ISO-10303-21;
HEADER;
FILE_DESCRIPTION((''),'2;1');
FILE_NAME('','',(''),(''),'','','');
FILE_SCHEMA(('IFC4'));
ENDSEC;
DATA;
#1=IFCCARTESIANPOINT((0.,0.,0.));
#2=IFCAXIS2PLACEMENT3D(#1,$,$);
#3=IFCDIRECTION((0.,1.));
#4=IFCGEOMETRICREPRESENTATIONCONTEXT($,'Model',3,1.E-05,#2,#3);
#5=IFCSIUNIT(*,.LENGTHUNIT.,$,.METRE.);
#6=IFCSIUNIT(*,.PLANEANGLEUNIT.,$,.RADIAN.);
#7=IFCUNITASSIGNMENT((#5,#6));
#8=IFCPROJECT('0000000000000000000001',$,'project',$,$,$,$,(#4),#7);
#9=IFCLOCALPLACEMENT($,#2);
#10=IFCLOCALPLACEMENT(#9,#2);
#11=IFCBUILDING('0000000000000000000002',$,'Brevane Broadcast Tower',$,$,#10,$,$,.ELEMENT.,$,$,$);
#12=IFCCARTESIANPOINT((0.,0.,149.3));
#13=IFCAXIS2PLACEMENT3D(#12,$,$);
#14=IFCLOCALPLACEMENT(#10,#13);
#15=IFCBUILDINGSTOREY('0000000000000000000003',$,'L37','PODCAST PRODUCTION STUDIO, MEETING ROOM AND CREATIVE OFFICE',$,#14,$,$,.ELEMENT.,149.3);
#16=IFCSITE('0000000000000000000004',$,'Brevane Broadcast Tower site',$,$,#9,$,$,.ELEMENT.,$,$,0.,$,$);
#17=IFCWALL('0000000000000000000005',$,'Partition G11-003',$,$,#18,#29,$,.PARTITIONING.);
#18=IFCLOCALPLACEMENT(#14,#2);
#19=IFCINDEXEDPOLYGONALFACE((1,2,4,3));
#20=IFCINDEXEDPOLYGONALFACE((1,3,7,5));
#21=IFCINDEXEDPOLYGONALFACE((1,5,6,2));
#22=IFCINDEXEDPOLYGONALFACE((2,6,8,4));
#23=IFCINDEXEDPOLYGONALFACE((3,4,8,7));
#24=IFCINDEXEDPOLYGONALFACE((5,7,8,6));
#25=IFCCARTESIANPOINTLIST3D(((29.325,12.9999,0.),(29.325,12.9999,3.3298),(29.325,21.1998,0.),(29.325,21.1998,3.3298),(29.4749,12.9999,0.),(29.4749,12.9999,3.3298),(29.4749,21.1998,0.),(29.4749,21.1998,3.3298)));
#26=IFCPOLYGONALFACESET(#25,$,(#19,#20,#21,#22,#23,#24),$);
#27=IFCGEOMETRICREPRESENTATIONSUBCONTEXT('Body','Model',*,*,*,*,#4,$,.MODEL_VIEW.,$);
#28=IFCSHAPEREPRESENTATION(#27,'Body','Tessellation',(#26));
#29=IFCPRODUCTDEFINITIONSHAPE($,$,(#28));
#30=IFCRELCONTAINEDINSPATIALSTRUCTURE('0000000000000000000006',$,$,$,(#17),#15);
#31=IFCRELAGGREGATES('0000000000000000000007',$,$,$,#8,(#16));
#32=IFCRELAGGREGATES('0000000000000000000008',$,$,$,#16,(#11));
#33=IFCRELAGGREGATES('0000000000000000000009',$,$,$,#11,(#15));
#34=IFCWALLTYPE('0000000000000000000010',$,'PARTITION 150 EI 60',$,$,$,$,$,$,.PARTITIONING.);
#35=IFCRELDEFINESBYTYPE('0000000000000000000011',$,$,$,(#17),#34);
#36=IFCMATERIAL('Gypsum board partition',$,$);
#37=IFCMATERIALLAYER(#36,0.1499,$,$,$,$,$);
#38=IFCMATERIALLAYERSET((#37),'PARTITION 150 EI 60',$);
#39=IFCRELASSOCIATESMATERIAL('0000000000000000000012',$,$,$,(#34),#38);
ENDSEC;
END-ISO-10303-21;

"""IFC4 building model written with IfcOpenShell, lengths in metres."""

from ifc_helpers import new_model, si_unit, direction, frame, frame_2d, origin, place, context, subcontext, project, spatial, rectangle, extrude, material, layer, layer_set, type_object, element, save


model = new_model("IFC4")

# Units and contexts
model_context = context("Model", 3, precision=1e-05, world=origin(), true_north=direction((0.0, 1.0)))
body_context = subcontext(model_context, "Body", "Model", "MODEL_VIEW")
ifc_project = project(units=[si_unit("LENGTHUNIT", "METRE"), si_unit("PLANEANGLEUNIT", "RADIAN")], contexts=[model_context])

# Site, building, storey
site_placement = place(None, origin())
site = spatial("IfcSite", under=ifc_project, at=site_placement, Name="Brevane Broadcast Tower site", CompositionType="ELEMENT", RefElevation=0.0)
building_placement = place(site_placement, origin())
building = spatial("IfcBuilding", under=site, at=building_placement, Name="Brevane Broadcast Tower", CompositionType="ELEMENT")
storey_placement = place(building_placement, frame((0.0, 0.0, 149.3)))
storey = spatial("IfcBuildingStorey", under=building, at=storey_placement, Name="L37", Description="PODCAST PRODUCTION STUDIO, MEETING ROOM AND CREATIVE OFFICE", CompositionType="ELEMENT", Elevation=149.3)

# Wall
ifc_material_1 = material(Name="Gypsum board partition")
ifc_layer_1 = layer(ifc_material_1, 0.1499)
ifc_layer_set_1 = layer_set([ifc_layer_1], Name="PARTITION 150 EI 60")
wall_type_1 = type_object("IfcWallType", Name="PARTITION 150 EI 60", PredefinedType="PARTITIONING", material=ifc_layer_set_1)
wall_1_placement = place(storey_placement, frame((29.3999, 21.2, 0.0), z_axis=(0.0, 0.0, 1.0), x_axis=(0.0, -1.0, 0.0)))
element("IfcWall", 1, at=wall_1_placement, inside=storey, type_object=wall_type_1, Name="Partition G11-003", PredefinedType="PARTITIONING", context=body_context, shape_type="SweptSolid", body=[
    extrude(rectangle(XDim=8.2, YDim=0.1499, at=frame_2d((4.1001, 0.0))), origin(), (0.0, 0.0, 1.0), 3.3298),
])

save(model, "model.ifc")
